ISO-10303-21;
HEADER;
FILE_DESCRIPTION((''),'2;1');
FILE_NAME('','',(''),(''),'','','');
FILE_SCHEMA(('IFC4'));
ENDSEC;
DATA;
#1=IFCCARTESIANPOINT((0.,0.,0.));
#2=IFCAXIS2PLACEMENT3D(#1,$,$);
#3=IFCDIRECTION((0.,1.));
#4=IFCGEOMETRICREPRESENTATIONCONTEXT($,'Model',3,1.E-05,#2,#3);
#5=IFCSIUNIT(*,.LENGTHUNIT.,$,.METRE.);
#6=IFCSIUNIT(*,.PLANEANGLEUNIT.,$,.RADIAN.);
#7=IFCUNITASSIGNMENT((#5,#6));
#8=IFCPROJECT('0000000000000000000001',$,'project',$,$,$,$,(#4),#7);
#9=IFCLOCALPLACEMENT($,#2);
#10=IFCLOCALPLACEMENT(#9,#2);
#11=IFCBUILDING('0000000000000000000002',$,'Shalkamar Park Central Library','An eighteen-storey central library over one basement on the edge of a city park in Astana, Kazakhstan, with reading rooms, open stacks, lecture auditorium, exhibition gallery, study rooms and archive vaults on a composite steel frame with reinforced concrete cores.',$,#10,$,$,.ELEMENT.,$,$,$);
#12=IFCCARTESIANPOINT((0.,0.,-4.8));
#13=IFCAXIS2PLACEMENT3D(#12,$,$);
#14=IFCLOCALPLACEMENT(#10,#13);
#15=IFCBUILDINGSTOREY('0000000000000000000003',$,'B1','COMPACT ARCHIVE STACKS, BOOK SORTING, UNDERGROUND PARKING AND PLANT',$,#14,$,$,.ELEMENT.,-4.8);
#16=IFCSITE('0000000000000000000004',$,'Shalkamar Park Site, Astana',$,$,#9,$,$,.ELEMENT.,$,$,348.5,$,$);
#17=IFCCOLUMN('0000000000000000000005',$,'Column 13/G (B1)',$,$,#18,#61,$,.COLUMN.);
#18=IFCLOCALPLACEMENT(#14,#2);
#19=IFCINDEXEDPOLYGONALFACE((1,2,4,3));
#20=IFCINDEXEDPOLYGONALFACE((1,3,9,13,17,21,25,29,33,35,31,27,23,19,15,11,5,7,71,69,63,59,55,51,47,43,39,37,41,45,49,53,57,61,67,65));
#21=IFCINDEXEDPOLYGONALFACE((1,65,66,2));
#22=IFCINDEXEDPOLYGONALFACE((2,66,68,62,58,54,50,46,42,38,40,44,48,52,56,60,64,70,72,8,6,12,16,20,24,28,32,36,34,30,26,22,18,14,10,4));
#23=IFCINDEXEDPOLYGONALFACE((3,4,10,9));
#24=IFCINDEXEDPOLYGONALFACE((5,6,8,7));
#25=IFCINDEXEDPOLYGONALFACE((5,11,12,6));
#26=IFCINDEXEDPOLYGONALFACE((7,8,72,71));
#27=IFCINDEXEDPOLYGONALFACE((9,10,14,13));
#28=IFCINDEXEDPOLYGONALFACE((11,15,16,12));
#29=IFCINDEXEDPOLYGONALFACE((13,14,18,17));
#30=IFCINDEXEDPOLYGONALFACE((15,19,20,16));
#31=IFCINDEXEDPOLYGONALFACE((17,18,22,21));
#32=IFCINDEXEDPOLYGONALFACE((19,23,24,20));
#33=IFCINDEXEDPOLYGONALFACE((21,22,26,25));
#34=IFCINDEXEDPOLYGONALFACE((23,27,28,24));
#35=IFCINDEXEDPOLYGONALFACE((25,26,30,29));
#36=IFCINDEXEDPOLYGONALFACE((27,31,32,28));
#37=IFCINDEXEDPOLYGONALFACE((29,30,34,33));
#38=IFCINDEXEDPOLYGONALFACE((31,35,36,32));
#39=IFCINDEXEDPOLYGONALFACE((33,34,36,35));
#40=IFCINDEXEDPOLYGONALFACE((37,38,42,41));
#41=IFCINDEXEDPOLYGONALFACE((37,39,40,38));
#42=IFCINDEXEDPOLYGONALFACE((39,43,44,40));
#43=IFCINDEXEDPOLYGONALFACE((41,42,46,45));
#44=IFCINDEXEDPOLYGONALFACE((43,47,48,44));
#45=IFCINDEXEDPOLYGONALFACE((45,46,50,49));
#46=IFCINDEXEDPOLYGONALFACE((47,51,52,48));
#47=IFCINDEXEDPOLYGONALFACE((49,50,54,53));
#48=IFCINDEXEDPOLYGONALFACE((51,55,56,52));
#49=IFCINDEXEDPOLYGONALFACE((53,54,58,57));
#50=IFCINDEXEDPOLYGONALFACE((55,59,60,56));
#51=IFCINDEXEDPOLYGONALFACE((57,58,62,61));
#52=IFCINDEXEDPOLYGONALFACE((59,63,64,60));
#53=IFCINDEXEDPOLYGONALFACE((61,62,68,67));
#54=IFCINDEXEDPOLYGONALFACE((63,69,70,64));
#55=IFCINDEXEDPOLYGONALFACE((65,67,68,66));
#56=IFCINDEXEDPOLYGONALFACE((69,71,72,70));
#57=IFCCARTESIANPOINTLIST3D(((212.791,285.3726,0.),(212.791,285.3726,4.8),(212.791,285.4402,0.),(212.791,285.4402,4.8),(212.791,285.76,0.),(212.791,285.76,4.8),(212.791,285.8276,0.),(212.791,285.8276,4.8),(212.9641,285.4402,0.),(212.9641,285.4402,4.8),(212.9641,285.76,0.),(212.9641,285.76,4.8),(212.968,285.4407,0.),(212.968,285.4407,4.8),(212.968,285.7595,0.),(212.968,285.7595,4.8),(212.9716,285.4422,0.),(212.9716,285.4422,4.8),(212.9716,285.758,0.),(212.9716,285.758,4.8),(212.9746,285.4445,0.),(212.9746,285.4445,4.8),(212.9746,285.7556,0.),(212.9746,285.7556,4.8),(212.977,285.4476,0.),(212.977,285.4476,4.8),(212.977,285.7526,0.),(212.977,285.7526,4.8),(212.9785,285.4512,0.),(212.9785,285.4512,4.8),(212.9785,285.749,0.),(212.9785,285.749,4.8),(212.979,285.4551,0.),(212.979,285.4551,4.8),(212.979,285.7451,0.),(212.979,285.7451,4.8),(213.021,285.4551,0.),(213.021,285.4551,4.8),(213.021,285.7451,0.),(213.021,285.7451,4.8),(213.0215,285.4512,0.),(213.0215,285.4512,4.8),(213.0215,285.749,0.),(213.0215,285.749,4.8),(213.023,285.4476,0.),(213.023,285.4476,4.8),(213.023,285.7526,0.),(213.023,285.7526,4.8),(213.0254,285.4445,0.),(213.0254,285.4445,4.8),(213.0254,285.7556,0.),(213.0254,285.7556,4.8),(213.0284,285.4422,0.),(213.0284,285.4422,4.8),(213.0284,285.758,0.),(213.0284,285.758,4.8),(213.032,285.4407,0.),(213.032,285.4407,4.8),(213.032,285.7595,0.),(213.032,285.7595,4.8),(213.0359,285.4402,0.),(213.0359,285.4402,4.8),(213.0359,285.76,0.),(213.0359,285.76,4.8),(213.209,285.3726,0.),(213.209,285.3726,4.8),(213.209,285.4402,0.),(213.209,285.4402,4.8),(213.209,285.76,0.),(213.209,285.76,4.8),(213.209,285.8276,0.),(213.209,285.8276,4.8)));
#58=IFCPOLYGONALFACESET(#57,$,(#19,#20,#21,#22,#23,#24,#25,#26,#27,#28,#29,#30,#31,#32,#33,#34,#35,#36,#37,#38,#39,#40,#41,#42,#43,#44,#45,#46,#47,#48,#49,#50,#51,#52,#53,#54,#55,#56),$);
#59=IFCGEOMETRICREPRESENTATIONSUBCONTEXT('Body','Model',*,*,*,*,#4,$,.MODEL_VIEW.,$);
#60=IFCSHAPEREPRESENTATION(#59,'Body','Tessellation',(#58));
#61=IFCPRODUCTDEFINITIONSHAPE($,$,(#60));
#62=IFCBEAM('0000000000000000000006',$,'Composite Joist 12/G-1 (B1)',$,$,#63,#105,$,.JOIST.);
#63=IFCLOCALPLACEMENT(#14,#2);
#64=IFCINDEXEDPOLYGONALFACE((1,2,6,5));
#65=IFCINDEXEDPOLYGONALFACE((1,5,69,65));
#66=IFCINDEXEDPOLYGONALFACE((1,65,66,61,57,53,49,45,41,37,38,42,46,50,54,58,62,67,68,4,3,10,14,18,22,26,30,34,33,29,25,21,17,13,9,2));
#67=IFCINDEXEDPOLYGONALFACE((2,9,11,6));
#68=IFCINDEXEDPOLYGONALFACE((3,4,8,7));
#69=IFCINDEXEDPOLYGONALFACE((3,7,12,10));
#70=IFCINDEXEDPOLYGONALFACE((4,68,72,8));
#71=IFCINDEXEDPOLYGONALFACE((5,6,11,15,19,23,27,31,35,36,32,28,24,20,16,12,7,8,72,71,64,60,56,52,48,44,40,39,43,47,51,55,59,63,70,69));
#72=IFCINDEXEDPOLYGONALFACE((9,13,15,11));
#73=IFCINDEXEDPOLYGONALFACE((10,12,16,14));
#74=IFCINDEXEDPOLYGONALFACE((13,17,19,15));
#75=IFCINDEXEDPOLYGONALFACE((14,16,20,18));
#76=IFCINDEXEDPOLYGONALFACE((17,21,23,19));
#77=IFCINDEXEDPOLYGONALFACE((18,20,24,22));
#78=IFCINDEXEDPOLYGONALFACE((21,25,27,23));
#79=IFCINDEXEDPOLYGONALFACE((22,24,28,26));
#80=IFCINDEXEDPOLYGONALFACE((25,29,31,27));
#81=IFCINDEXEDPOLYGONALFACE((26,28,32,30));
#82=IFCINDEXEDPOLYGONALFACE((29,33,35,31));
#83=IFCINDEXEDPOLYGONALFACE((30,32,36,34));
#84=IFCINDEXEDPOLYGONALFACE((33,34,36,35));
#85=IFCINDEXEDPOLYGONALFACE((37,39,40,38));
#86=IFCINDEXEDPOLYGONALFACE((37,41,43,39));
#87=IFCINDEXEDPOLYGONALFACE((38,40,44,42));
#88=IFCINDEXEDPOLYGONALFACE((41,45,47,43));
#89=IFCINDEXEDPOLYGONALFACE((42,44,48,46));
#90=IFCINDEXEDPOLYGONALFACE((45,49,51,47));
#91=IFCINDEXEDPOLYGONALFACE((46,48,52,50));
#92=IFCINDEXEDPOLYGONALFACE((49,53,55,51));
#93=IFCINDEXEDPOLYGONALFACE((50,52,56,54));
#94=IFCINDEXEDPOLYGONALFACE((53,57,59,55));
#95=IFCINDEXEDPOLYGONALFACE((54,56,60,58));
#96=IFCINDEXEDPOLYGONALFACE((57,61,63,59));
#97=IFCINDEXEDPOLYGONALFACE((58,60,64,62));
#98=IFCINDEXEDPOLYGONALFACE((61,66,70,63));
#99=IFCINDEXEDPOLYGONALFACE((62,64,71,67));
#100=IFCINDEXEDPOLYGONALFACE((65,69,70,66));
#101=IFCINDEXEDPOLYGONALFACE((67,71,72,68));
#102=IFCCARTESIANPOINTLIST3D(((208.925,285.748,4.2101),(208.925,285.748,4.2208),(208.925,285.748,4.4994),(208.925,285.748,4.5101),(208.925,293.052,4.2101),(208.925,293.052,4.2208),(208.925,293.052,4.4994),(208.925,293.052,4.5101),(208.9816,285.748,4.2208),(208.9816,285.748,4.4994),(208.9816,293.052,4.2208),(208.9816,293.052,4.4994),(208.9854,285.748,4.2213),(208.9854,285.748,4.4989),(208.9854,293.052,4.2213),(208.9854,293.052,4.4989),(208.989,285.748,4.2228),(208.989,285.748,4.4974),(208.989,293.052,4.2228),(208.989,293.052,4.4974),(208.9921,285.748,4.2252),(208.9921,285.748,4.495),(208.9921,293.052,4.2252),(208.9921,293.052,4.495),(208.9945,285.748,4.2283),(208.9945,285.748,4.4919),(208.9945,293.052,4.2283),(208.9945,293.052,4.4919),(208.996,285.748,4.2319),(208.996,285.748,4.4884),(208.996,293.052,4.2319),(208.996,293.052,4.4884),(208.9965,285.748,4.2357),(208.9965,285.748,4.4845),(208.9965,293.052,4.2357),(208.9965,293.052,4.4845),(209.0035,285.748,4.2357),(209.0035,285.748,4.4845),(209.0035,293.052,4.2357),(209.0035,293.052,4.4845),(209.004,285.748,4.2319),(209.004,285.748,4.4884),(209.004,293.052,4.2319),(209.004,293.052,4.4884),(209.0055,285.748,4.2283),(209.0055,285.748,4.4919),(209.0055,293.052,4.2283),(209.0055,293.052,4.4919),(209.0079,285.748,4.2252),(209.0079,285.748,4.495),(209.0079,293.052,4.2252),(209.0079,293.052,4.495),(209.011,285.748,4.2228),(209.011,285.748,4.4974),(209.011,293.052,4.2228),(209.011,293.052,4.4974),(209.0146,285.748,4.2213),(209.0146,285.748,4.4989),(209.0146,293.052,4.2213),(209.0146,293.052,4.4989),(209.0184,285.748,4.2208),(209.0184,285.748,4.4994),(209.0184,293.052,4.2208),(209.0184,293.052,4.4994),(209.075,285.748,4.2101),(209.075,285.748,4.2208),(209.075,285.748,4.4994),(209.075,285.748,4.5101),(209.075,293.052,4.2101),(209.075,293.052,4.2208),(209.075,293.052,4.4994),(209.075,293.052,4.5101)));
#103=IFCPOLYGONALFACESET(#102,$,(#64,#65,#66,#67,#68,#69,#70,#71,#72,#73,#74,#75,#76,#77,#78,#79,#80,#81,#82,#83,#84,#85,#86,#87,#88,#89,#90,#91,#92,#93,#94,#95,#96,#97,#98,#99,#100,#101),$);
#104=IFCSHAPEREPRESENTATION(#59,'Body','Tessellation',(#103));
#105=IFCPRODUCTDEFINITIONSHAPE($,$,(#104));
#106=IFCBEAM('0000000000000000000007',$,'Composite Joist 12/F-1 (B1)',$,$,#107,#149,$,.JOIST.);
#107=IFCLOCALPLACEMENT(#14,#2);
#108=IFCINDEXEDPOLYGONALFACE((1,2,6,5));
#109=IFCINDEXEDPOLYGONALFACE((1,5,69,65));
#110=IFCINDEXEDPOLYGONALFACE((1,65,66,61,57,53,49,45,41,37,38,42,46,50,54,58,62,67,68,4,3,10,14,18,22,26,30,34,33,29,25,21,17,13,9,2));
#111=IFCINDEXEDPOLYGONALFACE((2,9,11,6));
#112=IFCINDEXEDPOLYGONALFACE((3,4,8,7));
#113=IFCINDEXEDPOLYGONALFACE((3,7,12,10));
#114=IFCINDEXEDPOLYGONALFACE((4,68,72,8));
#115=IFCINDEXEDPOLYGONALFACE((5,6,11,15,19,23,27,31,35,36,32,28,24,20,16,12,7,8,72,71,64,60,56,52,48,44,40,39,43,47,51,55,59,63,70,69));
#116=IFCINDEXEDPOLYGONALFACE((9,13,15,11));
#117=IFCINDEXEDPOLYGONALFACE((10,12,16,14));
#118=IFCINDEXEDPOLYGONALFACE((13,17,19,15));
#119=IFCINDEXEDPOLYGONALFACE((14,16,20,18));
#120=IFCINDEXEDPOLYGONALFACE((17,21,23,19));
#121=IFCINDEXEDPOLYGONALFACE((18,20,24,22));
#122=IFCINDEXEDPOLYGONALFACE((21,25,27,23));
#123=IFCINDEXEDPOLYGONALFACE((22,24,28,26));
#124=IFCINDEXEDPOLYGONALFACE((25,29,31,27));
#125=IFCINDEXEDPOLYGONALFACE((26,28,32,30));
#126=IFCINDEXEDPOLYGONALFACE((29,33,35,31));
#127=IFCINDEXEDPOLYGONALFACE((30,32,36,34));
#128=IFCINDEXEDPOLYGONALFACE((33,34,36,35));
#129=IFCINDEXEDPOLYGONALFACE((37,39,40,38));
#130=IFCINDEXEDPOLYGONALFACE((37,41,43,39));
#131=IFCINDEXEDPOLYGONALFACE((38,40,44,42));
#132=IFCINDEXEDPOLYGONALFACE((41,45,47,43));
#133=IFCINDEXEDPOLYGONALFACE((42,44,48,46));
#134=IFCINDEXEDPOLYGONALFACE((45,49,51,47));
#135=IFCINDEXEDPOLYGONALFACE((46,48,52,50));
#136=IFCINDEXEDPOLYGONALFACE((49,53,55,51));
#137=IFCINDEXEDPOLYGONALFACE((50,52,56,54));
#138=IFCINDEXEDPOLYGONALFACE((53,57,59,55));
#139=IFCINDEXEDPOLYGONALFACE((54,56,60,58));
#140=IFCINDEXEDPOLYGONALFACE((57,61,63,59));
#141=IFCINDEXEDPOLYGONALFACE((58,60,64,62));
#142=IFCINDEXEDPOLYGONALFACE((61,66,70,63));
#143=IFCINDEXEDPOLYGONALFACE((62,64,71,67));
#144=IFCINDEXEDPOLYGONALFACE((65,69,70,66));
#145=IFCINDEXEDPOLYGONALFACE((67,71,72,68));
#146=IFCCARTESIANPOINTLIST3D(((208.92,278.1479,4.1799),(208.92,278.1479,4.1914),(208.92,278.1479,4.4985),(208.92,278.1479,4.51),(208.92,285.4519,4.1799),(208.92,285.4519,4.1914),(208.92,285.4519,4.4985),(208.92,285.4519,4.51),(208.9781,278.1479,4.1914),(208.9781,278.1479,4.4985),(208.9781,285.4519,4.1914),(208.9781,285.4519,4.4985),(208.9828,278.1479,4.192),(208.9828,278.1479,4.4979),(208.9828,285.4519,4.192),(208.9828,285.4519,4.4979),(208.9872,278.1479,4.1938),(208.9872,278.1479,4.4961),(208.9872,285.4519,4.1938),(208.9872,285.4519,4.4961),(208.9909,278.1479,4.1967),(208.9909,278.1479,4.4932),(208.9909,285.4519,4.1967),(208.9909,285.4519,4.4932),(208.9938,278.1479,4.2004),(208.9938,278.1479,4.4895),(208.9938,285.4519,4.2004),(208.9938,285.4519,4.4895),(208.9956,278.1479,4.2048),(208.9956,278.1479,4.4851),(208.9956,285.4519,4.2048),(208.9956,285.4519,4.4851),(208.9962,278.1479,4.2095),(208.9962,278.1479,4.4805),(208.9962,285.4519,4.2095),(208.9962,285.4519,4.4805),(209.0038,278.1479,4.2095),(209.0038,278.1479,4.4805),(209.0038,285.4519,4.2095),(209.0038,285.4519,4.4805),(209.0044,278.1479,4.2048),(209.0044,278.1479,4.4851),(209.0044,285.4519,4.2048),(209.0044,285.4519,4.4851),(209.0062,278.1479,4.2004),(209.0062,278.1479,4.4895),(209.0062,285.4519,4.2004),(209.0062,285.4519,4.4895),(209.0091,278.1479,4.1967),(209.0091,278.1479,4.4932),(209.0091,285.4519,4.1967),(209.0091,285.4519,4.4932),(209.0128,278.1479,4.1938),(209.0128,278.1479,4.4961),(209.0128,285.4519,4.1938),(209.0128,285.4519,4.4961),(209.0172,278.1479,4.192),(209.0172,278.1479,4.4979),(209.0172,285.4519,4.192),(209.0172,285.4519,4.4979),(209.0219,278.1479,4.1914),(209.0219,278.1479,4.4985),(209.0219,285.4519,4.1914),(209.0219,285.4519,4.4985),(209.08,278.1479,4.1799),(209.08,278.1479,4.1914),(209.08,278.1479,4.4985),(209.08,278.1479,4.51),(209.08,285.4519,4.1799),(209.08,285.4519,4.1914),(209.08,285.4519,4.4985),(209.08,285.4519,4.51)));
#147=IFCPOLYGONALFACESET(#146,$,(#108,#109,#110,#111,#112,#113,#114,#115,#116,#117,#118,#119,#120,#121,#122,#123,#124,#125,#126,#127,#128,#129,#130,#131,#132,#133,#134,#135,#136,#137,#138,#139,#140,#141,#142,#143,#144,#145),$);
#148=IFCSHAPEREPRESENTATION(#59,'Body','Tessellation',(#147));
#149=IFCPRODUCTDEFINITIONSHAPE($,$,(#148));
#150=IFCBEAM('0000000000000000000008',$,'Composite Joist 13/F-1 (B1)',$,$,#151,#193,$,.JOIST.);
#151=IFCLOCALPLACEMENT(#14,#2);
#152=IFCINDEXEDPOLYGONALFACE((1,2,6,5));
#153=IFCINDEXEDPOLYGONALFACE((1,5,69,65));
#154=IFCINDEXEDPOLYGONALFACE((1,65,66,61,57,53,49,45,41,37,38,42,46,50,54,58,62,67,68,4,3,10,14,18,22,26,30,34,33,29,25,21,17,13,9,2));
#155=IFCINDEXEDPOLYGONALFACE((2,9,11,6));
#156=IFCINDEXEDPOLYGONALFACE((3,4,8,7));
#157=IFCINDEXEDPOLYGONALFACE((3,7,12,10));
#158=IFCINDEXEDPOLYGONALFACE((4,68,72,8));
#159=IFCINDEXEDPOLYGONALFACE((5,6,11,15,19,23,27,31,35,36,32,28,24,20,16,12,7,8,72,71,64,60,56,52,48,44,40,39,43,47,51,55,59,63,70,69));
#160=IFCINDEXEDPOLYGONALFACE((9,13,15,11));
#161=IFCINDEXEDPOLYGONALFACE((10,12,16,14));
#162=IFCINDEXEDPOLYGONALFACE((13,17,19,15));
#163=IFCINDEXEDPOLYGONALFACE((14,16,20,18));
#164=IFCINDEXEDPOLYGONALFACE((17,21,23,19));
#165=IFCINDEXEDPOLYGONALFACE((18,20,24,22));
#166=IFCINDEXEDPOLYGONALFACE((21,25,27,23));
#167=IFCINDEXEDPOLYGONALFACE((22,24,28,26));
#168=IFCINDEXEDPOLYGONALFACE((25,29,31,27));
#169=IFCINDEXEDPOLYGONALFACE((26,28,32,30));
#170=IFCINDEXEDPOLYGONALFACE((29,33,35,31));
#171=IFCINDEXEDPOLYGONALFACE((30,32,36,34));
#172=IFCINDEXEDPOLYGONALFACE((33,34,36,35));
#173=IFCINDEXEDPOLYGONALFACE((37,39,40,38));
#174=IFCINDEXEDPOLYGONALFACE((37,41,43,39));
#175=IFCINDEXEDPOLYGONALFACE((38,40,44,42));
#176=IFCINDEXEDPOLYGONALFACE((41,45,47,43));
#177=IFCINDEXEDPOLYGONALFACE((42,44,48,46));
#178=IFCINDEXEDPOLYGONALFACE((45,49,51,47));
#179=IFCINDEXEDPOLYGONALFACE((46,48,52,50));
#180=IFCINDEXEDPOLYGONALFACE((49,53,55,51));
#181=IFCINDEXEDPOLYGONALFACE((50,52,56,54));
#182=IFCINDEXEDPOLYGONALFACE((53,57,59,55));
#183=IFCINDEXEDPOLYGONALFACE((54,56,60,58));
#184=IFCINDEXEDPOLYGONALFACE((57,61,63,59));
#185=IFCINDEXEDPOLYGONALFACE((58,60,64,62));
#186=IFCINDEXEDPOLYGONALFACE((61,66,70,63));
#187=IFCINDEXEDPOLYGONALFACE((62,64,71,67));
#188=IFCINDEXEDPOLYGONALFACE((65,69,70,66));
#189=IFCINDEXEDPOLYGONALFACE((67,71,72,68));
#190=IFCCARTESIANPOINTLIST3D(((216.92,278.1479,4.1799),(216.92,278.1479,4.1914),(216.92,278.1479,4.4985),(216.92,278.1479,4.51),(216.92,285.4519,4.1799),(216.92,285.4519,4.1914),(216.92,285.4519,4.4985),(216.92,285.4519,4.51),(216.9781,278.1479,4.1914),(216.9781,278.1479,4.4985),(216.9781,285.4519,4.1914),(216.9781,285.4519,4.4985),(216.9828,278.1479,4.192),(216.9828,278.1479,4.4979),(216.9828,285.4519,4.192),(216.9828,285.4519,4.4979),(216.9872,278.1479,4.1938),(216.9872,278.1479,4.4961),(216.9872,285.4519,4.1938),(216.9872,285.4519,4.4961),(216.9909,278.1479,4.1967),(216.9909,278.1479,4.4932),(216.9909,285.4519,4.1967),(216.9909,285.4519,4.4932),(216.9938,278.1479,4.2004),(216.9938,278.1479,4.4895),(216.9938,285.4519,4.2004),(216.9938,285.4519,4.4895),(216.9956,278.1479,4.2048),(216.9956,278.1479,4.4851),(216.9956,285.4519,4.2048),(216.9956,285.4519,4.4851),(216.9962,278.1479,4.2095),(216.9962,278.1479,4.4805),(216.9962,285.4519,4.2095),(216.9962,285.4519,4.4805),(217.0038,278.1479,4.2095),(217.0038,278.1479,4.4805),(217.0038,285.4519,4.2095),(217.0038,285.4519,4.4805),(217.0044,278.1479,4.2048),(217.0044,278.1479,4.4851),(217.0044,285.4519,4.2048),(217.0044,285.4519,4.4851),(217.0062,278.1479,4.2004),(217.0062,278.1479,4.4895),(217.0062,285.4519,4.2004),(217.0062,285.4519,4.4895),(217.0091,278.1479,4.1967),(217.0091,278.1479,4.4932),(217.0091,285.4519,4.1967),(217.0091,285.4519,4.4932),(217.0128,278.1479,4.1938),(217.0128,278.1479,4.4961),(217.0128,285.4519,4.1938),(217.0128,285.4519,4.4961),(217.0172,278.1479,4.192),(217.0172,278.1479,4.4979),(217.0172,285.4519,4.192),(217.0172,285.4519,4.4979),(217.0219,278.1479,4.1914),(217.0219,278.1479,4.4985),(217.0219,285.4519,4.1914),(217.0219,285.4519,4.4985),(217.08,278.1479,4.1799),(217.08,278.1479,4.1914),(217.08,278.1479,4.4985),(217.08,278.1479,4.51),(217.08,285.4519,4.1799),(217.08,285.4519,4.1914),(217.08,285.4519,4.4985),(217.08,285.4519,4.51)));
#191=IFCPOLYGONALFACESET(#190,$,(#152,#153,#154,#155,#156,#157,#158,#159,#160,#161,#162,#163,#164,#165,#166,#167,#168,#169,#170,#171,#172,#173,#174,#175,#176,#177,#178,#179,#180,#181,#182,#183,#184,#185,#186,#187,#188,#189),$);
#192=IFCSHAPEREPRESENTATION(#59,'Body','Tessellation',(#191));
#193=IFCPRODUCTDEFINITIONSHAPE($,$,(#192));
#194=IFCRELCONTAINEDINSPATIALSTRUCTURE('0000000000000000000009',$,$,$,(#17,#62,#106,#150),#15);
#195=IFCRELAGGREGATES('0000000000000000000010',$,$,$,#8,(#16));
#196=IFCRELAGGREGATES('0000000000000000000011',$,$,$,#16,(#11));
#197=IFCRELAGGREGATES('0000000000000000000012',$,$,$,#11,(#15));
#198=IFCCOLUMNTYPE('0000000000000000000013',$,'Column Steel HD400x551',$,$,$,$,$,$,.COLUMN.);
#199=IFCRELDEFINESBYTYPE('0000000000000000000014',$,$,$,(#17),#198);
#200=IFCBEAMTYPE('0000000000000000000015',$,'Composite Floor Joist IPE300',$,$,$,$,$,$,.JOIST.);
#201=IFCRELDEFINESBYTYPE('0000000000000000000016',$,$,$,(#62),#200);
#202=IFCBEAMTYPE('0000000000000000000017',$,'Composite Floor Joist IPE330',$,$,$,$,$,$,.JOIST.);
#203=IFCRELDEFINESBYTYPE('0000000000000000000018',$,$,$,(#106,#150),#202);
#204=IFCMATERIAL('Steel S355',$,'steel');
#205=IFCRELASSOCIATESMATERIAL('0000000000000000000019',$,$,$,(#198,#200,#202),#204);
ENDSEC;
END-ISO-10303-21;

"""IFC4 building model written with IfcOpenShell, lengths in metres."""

from ifc_helpers import new_model, si_unit, direction, frame, origin, origin_2d, place, context, subcontext, project, spatial, i_section, extrude, material, material_profile, profile_set, type_object, element, save


model = new_model("IFC4")

# Units and contexts
model_context = context("Model", 3, precision=1e-05, world=origin(), true_north=direction((0.0, 1.0)))
body_context = subcontext(model_context, "Body", "Model", "MODEL_VIEW")
ifc_project = project(units=[si_unit("LENGTHUNIT", "METRE"), si_unit("PLANEANGLEUNIT", "RADIAN")], contexts=[model_context])

# Site, building, storey
site_placement = place(None, origin())
site = spatial("IfcSite", under=ifc_project, at=site_placement, Name="Shalkamar Park Site, Astana", CompositionType="ELEMENT", RefElevation=348.5)
building_placement = place(site_placement, origin())
building = spatial("IfcBuilding", under=site, at=building_placement, Name="Shalkamar Park Central Library", Description="An eighteen-storey central library over one basement on the edge of a city park in Astana, Kazakhstan, with reading rooms, open stacks, lecture auditorium, exhibition gallery, study rooms and archive vaults on a composite steel frame with reinforced concrete cores.", CompositionType="ELEMENT")
storey_placement = place(building_placement, frame((0.0, 0.0, -4.8)))
storey = spatial("IfcBuildingStorey", under=building, at=storey_placement, Name="B1", Description="COMPACT ARCHIVE STACKS, BOOK SORTING, UNDERGROUND PARKING AND PLANT", CompositionType="ELEMENT", Elevation=-4.8)

# Column
ifc_material_1 = material(Name="Steel S355", Category="steel")
ifc_material_profile_1 = material_profile(ifc_material_1, i_section(OverallWidth=0.418, OverallDepth=0.4551, WebThickness=0.042, FlangeThickness=0.0676, FilletRadius=0.0149, at=origin_2d()), Name="HD 400x551")
ifc_profile_set_1 = profile_set([ifc_material_profile_1], Name="Steel S355")
column_type_1 = type_object("IfcColumnType", Name="Column Steel HD400x551", PredefinedType="COLUMN", material=ifc_profile_set_1)
column_1_placement = place(storey_placement, frame((213.0, 285.6001, 0.0), z_axis=(0.0, 0.0, 1.0), x_axis=(1.0, 0.0, 0.0)))
element("IfcColumn", 1, at=column_1_placement, inside=storey, type_object=column_type_1, Name="Column 13/G (B1)", PredefinedType="COLUMN", context=body_context, shape_type="SweptSolid", body=[
    extrude(i_section(OverallWidth=0.418, OverallDepth=0.4551, WebThickness=0.042, FlangeThickness=0.0676, FilletRadius=0.0149, at=origin_2d()), origin(), (0.0, 0.0, 1.0), 4.8),
])

# Beams
ifc_material_profile_2 = material_profile(ifc_material_1, i_section(OverallWidth=0.1499, OverallDepth=0.3, WebThickness=0.0071, FlangeThickness=0.0107, FilletRadius=0.0149, at=origin_2d()), Name="IPE 300")
ifc_profile_set_2 = profile_set([ifc_material_profile_2], Name="Steel S355")
beam_type_1 = type_object("IfcBeamType", Name="Composite Floor Joist IPE300", PredefinedType="JOIST", material=ifc_profile_set_2)
beam_1_placement = place(storey_placement, frame((209.0, 285.748, 4.3601), z_axis=(0.0, 1.0, 0.0), x_axis=(-1.0, 0.0, 0.0)))
element("IfcBeam", 2, at=beam_1_placement, inside=storey, type_object=beam_type_1, Name="Composite Joist 12/G-1 (B1)", PredefinedType="JOIST", context=body_context, shape_type="SweptSolid", body=[
    extrude(i_section(OverallWidth=0.1499, OverallDepth=0.3, WebThickness=0.0071, FlangeThickness=0.0107, FilletRadius=0.0149, at=origin_2d()), origin(), (0.0, 0.0, 1.0), 7.304),
])
ifc_material_profile_3 = material_profile(ifc_material_1, i_section(OverallWidth=0.1599, OverallDepth=0.3301, WebThickness=0.0076, FlangeThickness=0.0115, FilletRadius=0.0181, at=origin_2d()), Name="IPE 330")
ifc_profile_set_3 = profile_set([ifc_material_profile_3], Name="Steel S355")
beam_type_2 = type_object("IfcBeamType", Name="Composite Floor Joist IPE330", PredefinedType="JOIST", material=ifc_profile_set_3)
for number, where, z_axis, x_axis, name in (
    (3, (209.0, 278.1479, 4.345), (0.0, 1.0, 0.0), (-1.0, 0.0, 0.0), "Composite Joist 12/F-1 (B1)"),
    (4, (217.0, 278.1479, 4.345), (0.0, 1.0, 0.0), (-1.0, 0.0, 0.0), "Composite Joist 13/F-1 (B1)"),
):
    element("IfcBeam", number, at=place(storey_placement, frame(where, z_axis=z_axis, x_axis=x_axis)), inside=storey, type_object=beam_type_2, Name=name, PredefinedType="JOIST", context=body_context, shape_type="SweptSolid", body=[
        extrude(i_section(OverallWidth=0.1599, OverallDepth=0.3301, WebThickness=0.0076, FlangeThickness=0.0115, FilletRadius=0.0181, at=origin_2d()), origin(), (0.0, 0.0, 1.0), 7.304),
    ])

save(model, "model.ifc")
